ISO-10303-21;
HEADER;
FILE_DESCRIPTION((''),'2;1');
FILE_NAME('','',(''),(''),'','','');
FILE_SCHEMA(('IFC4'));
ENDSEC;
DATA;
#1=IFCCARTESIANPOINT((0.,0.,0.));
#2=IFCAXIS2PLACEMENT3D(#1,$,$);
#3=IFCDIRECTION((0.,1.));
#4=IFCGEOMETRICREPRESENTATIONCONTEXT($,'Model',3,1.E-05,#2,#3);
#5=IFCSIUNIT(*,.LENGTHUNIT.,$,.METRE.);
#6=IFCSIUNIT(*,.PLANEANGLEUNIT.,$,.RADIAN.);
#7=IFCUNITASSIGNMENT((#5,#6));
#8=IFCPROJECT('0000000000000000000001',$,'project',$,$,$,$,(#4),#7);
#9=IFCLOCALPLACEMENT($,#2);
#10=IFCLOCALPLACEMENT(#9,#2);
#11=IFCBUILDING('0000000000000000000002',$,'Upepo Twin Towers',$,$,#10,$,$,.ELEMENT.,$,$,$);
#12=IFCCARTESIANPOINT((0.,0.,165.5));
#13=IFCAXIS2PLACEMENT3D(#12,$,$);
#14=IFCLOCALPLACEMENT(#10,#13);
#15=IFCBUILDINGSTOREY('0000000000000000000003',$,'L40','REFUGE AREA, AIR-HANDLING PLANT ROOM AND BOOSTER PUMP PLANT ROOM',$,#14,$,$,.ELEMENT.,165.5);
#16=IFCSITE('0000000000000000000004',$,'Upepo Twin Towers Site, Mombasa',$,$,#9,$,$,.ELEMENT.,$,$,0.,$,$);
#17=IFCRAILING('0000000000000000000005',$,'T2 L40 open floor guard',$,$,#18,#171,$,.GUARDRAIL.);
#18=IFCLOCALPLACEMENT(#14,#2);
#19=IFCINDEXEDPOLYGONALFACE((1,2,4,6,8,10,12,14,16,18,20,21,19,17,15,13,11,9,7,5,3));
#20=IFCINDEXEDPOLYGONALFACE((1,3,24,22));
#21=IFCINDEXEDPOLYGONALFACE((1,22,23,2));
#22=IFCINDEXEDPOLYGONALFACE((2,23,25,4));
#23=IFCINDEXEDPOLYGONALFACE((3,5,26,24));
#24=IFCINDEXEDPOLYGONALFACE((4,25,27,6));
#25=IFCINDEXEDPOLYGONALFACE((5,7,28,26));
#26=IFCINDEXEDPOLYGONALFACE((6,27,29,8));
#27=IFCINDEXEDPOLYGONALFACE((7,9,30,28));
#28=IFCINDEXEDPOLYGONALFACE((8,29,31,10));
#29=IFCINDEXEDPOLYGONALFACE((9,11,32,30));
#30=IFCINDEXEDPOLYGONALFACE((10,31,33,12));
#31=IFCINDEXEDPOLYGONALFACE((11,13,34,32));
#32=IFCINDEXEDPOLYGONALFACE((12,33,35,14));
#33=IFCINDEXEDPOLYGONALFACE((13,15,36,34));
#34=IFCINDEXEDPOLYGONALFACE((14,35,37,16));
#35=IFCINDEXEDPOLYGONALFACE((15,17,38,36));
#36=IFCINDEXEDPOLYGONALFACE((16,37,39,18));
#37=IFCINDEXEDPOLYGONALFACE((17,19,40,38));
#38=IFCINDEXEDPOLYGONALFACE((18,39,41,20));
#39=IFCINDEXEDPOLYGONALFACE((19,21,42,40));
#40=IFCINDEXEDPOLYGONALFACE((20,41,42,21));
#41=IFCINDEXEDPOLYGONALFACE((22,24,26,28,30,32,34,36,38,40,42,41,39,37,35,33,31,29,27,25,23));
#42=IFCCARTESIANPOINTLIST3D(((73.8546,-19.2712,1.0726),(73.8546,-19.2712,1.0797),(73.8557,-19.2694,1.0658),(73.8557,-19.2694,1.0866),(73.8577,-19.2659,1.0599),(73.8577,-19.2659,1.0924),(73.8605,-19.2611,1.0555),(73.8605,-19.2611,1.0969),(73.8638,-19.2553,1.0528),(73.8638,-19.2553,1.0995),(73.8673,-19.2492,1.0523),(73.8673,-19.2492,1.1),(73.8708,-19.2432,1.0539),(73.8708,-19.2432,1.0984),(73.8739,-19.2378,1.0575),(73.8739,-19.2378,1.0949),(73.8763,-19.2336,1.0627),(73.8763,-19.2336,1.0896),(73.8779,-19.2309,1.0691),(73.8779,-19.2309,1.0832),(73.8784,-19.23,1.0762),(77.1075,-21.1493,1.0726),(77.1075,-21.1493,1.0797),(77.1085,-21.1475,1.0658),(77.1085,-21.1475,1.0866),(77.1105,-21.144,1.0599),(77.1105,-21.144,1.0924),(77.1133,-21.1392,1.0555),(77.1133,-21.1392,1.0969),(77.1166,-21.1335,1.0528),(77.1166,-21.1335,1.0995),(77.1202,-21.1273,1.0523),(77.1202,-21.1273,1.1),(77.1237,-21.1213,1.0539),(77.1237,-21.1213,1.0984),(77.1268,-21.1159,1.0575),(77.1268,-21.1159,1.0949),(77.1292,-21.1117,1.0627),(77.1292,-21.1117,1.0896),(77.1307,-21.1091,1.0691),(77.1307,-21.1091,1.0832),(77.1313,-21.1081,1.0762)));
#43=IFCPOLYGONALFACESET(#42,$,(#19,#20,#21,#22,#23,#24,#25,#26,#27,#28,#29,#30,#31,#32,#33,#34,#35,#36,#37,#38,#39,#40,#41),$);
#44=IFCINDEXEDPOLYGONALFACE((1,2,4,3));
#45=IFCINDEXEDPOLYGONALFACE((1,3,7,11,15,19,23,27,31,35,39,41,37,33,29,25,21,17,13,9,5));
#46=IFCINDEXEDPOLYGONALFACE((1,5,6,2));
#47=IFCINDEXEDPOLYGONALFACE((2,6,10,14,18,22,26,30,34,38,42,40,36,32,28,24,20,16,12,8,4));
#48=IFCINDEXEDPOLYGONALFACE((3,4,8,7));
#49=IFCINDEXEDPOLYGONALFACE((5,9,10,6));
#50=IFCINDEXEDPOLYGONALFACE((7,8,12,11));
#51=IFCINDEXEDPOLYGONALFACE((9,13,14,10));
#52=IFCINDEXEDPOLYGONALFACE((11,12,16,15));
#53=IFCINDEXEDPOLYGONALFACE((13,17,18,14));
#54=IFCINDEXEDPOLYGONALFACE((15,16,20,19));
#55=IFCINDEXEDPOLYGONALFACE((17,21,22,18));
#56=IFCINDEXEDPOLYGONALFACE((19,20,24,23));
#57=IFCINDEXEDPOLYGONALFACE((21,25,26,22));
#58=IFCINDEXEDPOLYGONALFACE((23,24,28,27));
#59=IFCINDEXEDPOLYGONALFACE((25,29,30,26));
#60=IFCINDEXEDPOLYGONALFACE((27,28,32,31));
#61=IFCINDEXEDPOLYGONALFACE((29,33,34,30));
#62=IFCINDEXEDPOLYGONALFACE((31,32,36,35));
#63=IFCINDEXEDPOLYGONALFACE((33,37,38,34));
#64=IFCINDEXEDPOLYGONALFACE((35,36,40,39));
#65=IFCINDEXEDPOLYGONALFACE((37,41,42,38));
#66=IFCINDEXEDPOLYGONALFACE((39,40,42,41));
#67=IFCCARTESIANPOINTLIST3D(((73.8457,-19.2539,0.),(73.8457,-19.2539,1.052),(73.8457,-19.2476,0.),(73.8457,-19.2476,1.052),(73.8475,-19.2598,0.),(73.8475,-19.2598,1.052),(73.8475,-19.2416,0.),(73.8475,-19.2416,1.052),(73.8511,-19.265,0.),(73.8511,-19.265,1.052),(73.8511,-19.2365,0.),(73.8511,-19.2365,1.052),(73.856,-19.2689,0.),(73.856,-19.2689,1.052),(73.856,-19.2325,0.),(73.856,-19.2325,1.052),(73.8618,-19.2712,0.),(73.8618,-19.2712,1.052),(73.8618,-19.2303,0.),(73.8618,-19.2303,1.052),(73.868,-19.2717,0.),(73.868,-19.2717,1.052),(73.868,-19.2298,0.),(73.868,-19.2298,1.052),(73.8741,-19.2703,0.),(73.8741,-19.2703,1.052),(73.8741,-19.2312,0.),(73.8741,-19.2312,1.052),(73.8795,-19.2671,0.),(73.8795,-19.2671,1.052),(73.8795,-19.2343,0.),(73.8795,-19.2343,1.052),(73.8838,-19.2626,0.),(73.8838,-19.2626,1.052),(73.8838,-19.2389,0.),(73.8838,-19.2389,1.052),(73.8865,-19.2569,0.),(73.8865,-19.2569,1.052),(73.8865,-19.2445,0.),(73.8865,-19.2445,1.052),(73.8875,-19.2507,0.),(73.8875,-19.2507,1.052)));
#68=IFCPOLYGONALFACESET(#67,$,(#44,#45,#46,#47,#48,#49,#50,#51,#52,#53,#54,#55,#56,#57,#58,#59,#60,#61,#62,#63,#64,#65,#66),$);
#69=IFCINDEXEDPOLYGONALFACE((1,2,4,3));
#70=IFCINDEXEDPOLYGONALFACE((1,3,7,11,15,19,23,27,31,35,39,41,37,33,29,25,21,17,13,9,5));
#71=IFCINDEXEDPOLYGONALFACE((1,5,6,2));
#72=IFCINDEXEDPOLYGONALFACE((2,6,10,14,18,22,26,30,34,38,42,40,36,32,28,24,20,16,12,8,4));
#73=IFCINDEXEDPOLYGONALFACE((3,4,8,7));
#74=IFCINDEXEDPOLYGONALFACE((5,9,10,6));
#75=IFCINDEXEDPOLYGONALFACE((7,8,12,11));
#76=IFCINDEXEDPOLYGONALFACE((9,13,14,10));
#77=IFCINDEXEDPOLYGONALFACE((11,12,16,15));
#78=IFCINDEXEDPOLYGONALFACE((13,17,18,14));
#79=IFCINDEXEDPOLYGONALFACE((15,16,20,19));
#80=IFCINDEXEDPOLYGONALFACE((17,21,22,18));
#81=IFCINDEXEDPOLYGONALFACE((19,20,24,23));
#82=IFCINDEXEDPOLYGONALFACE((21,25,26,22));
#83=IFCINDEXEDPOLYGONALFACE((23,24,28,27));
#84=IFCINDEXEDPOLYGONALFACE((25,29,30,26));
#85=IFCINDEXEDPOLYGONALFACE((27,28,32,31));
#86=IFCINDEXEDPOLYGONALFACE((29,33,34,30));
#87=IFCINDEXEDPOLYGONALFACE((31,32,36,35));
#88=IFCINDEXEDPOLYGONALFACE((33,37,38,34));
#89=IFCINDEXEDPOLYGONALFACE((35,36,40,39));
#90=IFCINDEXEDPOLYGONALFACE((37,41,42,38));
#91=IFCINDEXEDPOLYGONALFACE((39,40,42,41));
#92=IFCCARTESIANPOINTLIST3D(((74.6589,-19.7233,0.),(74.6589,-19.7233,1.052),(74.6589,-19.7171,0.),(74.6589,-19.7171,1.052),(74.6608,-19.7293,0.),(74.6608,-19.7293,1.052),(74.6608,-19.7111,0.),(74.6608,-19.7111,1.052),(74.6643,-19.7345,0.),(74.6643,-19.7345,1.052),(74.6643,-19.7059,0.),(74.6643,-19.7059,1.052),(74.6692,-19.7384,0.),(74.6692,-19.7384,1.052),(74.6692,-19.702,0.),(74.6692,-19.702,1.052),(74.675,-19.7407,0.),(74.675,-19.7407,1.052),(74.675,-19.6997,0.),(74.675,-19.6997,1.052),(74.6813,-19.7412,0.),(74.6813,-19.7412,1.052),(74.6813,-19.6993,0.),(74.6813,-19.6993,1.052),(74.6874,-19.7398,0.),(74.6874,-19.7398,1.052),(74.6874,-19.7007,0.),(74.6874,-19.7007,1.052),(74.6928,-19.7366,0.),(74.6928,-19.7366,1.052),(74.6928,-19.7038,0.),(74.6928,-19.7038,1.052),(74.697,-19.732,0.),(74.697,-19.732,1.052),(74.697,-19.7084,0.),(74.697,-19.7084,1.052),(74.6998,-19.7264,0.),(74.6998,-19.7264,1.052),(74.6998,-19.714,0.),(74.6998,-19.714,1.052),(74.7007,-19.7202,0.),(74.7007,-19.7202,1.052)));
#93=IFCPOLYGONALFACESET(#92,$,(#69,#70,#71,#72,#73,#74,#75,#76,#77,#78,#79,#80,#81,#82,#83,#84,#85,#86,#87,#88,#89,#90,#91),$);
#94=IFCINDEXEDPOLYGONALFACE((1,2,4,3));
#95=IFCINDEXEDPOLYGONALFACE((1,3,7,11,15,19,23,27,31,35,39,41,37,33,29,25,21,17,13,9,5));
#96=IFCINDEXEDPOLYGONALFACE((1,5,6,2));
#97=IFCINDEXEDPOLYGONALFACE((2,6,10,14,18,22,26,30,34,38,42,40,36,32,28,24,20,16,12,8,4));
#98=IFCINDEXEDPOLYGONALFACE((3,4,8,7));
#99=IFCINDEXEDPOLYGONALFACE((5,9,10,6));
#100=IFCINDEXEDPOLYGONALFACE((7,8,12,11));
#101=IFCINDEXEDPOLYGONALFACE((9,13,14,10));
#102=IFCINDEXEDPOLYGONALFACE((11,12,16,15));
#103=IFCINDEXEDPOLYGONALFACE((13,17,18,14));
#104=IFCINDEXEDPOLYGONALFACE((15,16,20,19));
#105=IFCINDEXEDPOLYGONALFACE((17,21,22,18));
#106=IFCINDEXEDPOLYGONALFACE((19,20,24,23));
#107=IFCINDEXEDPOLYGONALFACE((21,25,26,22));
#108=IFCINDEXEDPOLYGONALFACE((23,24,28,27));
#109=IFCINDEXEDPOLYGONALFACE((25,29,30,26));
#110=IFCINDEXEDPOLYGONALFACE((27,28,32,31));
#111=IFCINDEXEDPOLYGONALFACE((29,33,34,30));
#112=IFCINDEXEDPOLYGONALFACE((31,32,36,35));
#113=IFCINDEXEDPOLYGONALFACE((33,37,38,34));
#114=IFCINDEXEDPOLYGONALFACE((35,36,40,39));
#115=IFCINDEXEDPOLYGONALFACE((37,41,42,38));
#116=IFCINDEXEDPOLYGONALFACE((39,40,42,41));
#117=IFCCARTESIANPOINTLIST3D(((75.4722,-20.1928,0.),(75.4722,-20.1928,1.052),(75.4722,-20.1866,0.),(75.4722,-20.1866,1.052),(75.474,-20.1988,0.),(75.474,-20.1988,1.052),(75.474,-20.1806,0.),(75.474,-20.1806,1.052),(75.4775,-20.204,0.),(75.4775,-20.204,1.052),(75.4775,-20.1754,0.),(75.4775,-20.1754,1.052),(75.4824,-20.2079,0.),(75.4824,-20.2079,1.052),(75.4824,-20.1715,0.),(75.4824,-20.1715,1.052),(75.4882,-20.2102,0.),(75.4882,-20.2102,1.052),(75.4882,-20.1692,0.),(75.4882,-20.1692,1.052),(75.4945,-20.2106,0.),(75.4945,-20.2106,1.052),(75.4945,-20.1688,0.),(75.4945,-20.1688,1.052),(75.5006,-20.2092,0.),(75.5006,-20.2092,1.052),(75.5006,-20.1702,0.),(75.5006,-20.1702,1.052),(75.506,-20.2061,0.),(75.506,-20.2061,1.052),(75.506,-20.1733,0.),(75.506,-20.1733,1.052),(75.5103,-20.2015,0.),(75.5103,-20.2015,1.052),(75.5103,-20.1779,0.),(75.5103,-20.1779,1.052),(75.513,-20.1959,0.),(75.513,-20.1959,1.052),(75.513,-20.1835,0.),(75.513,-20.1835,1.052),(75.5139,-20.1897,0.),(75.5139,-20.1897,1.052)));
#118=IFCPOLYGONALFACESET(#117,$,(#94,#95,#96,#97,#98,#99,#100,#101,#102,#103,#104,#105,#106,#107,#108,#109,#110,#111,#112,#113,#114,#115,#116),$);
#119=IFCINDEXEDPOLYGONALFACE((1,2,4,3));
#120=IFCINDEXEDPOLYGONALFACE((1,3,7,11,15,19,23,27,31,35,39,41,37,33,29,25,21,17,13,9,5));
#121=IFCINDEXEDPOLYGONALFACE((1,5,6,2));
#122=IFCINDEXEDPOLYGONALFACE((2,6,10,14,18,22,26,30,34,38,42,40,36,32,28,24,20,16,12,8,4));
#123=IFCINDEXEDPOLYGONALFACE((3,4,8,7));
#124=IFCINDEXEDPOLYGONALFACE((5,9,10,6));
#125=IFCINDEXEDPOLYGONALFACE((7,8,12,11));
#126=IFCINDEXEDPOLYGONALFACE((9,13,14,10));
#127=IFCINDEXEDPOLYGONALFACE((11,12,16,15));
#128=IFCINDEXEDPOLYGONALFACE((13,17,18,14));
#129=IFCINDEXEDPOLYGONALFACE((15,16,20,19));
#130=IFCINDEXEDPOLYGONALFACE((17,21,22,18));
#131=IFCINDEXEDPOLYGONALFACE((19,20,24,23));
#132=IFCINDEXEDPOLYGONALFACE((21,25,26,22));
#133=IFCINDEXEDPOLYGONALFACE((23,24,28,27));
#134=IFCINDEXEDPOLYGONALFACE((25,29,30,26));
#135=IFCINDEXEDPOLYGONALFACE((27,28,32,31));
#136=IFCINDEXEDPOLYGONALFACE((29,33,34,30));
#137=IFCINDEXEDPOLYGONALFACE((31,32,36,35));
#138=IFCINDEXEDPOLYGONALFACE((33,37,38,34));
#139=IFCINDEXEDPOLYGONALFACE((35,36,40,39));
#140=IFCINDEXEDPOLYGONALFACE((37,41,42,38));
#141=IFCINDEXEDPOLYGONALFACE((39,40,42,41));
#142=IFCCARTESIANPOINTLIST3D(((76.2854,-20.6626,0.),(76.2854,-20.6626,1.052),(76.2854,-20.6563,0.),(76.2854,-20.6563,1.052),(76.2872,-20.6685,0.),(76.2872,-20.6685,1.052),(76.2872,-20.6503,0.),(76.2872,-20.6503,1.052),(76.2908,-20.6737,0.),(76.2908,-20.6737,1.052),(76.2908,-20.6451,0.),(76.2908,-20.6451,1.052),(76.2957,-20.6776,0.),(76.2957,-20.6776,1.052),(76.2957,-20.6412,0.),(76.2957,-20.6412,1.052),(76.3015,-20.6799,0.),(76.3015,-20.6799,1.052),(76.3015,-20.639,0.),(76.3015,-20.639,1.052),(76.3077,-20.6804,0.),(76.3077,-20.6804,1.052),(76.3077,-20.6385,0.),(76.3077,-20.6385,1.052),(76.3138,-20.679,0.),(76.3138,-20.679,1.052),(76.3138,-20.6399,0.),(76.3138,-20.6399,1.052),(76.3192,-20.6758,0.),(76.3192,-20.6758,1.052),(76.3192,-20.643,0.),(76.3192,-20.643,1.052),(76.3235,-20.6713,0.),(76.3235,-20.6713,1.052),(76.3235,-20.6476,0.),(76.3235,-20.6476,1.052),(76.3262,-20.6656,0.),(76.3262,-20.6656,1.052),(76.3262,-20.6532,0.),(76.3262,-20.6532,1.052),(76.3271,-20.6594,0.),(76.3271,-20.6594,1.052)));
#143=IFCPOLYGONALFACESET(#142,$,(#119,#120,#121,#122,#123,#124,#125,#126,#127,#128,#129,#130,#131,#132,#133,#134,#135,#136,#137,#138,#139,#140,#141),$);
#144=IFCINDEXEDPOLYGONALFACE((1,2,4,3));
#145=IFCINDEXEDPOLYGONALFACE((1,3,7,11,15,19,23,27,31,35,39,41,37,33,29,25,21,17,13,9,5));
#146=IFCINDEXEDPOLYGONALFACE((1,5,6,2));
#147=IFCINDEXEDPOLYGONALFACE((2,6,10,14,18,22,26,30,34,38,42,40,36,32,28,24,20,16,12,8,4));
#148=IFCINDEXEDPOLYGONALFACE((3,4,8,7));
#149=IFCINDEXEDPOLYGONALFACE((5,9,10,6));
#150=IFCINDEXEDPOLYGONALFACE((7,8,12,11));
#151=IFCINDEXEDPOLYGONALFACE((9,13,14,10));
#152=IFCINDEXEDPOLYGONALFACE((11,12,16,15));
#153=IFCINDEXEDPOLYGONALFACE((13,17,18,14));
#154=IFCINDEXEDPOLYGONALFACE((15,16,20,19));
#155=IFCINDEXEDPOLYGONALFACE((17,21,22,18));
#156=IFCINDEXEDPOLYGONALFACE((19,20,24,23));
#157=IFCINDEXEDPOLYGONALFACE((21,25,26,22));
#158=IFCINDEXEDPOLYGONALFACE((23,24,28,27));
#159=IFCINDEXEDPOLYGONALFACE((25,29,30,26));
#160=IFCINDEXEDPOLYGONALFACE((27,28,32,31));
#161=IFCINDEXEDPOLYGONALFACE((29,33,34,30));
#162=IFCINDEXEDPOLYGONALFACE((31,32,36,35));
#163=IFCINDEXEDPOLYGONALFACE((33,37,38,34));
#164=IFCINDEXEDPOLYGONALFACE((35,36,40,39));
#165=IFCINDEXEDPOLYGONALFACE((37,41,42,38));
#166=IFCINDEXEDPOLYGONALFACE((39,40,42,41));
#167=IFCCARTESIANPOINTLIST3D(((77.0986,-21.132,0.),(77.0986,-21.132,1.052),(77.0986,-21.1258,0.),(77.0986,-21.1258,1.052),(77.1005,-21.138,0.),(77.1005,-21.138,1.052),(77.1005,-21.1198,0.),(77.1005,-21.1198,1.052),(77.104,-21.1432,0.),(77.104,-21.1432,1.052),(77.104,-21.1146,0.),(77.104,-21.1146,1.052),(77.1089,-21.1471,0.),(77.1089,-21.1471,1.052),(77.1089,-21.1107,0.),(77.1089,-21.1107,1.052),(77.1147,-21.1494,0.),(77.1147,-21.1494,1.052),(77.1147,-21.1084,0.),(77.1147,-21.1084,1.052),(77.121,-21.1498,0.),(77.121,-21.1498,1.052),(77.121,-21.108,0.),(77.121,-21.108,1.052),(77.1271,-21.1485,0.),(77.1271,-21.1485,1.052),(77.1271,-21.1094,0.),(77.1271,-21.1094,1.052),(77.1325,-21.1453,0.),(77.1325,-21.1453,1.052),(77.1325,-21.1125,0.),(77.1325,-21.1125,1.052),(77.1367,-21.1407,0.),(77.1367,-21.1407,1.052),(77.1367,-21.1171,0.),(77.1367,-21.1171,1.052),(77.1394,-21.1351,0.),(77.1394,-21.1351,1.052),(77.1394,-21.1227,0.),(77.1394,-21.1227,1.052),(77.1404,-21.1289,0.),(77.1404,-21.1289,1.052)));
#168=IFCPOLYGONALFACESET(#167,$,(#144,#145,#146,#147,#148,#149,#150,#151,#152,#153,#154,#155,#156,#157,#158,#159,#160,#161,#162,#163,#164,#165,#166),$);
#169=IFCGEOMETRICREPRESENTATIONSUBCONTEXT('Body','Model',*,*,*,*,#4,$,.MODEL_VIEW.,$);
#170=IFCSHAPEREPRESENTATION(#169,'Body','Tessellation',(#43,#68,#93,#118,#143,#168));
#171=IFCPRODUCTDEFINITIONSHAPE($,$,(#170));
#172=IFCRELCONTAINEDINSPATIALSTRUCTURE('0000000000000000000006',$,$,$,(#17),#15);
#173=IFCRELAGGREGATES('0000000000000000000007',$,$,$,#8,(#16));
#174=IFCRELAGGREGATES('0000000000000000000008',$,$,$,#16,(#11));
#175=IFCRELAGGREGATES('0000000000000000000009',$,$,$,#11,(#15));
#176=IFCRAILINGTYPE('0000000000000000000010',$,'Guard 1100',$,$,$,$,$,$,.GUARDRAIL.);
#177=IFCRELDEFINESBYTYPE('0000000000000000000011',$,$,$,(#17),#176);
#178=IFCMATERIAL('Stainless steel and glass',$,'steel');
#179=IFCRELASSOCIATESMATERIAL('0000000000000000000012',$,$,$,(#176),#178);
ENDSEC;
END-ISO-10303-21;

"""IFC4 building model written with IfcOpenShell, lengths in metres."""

from ifc_helpers import new_model, si_unit, direction, frame, origin, origin_2d, place, context, subcontext, project, spatial, circle, extrude, material, type_object, element, save


model = new_model("IFC4")

# Units and contexts
model_context = context("Model", 3, precision=1e-05, world=origin(), true_north=direction((0.0, 1.0)))
body_context = subcontext(model_context, "Body", "Model", "MODEL_VIEW")
ifc_project = project(units=[si_unit("LENGTHUNIT", "METRE"), si_unit("PLANEANGLEUNIT", "RADIAN")], contexts=[model_context])

# Site, building, storey
site_placement = place(None, origin())
site = spatial("IfcSite", under=ifc_project, at=site_placement, Name="Upepo Twin Towers Site, Mombasa", CompositionType="ELEMENT", RefElevation=0.0)
building_placement = place(site_placement, origin())
building = spatial("IfcBuilding", under=site, at=building_placement, Name="Upepo Twin Towers", CompositionType="ELEMENT")
storey_placement = place(building_placement, frame((0.0, 0.0, 165.5)))
storey = spatial("IfcBuildingStorey", under=building, at=storey_placement, Name="L40", Description="REFUGE AREA, AIR-HANDLING PLANT ROOM AND BOOSTER PUMP PLANT ROOM", CompositionType="ELEMENT", Elevation=165.5)

# Railing
ifc_material_1 = material(Name="Stainless steel and glass", Category="steel")
railing_type_1 = type_object("IfcRailingType", Name="Guard 1100", PredefinedType="GUARDRAIL", material=ifc_material_1)
for number, where, name in (
    (1, (73.8665, -19.2507, 0.0), "T2 L40 open floor guard"),
):
    element("IfcRailing", number, at=place(storey_placement, frame(where)), inside=storey, type_object=railing_type_1, Name=name, PredefinedType="GUARDRAIL", context=body_context, shape_type="SweptSolid", body=[
        extrude(circle(Radius=0.0239, at=origin_2d()), frame((0.0, 0.0, 1.0762), z_axis=(0.866015, -0.500019, 0.0), x_axis=(0.500019, 0.866015, 0.0)), (0.0, 0.0, 1.0), 3.7561),
        extrude(circle(Radius=0.021, at=origin_2d()), origin(), (0.0, 0.0, 1.0), 1.052),
        extrude(circle(Radius=0.021, at=origin_2d()), frame((0.8132, -0.4695, 0.0)), (0.0, 0.0, 1.0), 1.052),
        extrude(circle(Radius=0.021, at=origin_2d()), frame((1.6265, -0.939, 0.0)), (0.0, 0.0, 1.0), 1.052),
        extrude(circle(Radius=0.021, at=origin_2d()), frame((2.4397, -1.4087, 0.0)), (0.0, 0.0, 1.0), 1.052),
        extrude(circle(Radius=0.021, at=origin_2d()), frame((3.2529, -1.8782, 0.0)), (0.0, 0.0, 1.0), 1.052),
    ])

save(model, "model.ifc")
